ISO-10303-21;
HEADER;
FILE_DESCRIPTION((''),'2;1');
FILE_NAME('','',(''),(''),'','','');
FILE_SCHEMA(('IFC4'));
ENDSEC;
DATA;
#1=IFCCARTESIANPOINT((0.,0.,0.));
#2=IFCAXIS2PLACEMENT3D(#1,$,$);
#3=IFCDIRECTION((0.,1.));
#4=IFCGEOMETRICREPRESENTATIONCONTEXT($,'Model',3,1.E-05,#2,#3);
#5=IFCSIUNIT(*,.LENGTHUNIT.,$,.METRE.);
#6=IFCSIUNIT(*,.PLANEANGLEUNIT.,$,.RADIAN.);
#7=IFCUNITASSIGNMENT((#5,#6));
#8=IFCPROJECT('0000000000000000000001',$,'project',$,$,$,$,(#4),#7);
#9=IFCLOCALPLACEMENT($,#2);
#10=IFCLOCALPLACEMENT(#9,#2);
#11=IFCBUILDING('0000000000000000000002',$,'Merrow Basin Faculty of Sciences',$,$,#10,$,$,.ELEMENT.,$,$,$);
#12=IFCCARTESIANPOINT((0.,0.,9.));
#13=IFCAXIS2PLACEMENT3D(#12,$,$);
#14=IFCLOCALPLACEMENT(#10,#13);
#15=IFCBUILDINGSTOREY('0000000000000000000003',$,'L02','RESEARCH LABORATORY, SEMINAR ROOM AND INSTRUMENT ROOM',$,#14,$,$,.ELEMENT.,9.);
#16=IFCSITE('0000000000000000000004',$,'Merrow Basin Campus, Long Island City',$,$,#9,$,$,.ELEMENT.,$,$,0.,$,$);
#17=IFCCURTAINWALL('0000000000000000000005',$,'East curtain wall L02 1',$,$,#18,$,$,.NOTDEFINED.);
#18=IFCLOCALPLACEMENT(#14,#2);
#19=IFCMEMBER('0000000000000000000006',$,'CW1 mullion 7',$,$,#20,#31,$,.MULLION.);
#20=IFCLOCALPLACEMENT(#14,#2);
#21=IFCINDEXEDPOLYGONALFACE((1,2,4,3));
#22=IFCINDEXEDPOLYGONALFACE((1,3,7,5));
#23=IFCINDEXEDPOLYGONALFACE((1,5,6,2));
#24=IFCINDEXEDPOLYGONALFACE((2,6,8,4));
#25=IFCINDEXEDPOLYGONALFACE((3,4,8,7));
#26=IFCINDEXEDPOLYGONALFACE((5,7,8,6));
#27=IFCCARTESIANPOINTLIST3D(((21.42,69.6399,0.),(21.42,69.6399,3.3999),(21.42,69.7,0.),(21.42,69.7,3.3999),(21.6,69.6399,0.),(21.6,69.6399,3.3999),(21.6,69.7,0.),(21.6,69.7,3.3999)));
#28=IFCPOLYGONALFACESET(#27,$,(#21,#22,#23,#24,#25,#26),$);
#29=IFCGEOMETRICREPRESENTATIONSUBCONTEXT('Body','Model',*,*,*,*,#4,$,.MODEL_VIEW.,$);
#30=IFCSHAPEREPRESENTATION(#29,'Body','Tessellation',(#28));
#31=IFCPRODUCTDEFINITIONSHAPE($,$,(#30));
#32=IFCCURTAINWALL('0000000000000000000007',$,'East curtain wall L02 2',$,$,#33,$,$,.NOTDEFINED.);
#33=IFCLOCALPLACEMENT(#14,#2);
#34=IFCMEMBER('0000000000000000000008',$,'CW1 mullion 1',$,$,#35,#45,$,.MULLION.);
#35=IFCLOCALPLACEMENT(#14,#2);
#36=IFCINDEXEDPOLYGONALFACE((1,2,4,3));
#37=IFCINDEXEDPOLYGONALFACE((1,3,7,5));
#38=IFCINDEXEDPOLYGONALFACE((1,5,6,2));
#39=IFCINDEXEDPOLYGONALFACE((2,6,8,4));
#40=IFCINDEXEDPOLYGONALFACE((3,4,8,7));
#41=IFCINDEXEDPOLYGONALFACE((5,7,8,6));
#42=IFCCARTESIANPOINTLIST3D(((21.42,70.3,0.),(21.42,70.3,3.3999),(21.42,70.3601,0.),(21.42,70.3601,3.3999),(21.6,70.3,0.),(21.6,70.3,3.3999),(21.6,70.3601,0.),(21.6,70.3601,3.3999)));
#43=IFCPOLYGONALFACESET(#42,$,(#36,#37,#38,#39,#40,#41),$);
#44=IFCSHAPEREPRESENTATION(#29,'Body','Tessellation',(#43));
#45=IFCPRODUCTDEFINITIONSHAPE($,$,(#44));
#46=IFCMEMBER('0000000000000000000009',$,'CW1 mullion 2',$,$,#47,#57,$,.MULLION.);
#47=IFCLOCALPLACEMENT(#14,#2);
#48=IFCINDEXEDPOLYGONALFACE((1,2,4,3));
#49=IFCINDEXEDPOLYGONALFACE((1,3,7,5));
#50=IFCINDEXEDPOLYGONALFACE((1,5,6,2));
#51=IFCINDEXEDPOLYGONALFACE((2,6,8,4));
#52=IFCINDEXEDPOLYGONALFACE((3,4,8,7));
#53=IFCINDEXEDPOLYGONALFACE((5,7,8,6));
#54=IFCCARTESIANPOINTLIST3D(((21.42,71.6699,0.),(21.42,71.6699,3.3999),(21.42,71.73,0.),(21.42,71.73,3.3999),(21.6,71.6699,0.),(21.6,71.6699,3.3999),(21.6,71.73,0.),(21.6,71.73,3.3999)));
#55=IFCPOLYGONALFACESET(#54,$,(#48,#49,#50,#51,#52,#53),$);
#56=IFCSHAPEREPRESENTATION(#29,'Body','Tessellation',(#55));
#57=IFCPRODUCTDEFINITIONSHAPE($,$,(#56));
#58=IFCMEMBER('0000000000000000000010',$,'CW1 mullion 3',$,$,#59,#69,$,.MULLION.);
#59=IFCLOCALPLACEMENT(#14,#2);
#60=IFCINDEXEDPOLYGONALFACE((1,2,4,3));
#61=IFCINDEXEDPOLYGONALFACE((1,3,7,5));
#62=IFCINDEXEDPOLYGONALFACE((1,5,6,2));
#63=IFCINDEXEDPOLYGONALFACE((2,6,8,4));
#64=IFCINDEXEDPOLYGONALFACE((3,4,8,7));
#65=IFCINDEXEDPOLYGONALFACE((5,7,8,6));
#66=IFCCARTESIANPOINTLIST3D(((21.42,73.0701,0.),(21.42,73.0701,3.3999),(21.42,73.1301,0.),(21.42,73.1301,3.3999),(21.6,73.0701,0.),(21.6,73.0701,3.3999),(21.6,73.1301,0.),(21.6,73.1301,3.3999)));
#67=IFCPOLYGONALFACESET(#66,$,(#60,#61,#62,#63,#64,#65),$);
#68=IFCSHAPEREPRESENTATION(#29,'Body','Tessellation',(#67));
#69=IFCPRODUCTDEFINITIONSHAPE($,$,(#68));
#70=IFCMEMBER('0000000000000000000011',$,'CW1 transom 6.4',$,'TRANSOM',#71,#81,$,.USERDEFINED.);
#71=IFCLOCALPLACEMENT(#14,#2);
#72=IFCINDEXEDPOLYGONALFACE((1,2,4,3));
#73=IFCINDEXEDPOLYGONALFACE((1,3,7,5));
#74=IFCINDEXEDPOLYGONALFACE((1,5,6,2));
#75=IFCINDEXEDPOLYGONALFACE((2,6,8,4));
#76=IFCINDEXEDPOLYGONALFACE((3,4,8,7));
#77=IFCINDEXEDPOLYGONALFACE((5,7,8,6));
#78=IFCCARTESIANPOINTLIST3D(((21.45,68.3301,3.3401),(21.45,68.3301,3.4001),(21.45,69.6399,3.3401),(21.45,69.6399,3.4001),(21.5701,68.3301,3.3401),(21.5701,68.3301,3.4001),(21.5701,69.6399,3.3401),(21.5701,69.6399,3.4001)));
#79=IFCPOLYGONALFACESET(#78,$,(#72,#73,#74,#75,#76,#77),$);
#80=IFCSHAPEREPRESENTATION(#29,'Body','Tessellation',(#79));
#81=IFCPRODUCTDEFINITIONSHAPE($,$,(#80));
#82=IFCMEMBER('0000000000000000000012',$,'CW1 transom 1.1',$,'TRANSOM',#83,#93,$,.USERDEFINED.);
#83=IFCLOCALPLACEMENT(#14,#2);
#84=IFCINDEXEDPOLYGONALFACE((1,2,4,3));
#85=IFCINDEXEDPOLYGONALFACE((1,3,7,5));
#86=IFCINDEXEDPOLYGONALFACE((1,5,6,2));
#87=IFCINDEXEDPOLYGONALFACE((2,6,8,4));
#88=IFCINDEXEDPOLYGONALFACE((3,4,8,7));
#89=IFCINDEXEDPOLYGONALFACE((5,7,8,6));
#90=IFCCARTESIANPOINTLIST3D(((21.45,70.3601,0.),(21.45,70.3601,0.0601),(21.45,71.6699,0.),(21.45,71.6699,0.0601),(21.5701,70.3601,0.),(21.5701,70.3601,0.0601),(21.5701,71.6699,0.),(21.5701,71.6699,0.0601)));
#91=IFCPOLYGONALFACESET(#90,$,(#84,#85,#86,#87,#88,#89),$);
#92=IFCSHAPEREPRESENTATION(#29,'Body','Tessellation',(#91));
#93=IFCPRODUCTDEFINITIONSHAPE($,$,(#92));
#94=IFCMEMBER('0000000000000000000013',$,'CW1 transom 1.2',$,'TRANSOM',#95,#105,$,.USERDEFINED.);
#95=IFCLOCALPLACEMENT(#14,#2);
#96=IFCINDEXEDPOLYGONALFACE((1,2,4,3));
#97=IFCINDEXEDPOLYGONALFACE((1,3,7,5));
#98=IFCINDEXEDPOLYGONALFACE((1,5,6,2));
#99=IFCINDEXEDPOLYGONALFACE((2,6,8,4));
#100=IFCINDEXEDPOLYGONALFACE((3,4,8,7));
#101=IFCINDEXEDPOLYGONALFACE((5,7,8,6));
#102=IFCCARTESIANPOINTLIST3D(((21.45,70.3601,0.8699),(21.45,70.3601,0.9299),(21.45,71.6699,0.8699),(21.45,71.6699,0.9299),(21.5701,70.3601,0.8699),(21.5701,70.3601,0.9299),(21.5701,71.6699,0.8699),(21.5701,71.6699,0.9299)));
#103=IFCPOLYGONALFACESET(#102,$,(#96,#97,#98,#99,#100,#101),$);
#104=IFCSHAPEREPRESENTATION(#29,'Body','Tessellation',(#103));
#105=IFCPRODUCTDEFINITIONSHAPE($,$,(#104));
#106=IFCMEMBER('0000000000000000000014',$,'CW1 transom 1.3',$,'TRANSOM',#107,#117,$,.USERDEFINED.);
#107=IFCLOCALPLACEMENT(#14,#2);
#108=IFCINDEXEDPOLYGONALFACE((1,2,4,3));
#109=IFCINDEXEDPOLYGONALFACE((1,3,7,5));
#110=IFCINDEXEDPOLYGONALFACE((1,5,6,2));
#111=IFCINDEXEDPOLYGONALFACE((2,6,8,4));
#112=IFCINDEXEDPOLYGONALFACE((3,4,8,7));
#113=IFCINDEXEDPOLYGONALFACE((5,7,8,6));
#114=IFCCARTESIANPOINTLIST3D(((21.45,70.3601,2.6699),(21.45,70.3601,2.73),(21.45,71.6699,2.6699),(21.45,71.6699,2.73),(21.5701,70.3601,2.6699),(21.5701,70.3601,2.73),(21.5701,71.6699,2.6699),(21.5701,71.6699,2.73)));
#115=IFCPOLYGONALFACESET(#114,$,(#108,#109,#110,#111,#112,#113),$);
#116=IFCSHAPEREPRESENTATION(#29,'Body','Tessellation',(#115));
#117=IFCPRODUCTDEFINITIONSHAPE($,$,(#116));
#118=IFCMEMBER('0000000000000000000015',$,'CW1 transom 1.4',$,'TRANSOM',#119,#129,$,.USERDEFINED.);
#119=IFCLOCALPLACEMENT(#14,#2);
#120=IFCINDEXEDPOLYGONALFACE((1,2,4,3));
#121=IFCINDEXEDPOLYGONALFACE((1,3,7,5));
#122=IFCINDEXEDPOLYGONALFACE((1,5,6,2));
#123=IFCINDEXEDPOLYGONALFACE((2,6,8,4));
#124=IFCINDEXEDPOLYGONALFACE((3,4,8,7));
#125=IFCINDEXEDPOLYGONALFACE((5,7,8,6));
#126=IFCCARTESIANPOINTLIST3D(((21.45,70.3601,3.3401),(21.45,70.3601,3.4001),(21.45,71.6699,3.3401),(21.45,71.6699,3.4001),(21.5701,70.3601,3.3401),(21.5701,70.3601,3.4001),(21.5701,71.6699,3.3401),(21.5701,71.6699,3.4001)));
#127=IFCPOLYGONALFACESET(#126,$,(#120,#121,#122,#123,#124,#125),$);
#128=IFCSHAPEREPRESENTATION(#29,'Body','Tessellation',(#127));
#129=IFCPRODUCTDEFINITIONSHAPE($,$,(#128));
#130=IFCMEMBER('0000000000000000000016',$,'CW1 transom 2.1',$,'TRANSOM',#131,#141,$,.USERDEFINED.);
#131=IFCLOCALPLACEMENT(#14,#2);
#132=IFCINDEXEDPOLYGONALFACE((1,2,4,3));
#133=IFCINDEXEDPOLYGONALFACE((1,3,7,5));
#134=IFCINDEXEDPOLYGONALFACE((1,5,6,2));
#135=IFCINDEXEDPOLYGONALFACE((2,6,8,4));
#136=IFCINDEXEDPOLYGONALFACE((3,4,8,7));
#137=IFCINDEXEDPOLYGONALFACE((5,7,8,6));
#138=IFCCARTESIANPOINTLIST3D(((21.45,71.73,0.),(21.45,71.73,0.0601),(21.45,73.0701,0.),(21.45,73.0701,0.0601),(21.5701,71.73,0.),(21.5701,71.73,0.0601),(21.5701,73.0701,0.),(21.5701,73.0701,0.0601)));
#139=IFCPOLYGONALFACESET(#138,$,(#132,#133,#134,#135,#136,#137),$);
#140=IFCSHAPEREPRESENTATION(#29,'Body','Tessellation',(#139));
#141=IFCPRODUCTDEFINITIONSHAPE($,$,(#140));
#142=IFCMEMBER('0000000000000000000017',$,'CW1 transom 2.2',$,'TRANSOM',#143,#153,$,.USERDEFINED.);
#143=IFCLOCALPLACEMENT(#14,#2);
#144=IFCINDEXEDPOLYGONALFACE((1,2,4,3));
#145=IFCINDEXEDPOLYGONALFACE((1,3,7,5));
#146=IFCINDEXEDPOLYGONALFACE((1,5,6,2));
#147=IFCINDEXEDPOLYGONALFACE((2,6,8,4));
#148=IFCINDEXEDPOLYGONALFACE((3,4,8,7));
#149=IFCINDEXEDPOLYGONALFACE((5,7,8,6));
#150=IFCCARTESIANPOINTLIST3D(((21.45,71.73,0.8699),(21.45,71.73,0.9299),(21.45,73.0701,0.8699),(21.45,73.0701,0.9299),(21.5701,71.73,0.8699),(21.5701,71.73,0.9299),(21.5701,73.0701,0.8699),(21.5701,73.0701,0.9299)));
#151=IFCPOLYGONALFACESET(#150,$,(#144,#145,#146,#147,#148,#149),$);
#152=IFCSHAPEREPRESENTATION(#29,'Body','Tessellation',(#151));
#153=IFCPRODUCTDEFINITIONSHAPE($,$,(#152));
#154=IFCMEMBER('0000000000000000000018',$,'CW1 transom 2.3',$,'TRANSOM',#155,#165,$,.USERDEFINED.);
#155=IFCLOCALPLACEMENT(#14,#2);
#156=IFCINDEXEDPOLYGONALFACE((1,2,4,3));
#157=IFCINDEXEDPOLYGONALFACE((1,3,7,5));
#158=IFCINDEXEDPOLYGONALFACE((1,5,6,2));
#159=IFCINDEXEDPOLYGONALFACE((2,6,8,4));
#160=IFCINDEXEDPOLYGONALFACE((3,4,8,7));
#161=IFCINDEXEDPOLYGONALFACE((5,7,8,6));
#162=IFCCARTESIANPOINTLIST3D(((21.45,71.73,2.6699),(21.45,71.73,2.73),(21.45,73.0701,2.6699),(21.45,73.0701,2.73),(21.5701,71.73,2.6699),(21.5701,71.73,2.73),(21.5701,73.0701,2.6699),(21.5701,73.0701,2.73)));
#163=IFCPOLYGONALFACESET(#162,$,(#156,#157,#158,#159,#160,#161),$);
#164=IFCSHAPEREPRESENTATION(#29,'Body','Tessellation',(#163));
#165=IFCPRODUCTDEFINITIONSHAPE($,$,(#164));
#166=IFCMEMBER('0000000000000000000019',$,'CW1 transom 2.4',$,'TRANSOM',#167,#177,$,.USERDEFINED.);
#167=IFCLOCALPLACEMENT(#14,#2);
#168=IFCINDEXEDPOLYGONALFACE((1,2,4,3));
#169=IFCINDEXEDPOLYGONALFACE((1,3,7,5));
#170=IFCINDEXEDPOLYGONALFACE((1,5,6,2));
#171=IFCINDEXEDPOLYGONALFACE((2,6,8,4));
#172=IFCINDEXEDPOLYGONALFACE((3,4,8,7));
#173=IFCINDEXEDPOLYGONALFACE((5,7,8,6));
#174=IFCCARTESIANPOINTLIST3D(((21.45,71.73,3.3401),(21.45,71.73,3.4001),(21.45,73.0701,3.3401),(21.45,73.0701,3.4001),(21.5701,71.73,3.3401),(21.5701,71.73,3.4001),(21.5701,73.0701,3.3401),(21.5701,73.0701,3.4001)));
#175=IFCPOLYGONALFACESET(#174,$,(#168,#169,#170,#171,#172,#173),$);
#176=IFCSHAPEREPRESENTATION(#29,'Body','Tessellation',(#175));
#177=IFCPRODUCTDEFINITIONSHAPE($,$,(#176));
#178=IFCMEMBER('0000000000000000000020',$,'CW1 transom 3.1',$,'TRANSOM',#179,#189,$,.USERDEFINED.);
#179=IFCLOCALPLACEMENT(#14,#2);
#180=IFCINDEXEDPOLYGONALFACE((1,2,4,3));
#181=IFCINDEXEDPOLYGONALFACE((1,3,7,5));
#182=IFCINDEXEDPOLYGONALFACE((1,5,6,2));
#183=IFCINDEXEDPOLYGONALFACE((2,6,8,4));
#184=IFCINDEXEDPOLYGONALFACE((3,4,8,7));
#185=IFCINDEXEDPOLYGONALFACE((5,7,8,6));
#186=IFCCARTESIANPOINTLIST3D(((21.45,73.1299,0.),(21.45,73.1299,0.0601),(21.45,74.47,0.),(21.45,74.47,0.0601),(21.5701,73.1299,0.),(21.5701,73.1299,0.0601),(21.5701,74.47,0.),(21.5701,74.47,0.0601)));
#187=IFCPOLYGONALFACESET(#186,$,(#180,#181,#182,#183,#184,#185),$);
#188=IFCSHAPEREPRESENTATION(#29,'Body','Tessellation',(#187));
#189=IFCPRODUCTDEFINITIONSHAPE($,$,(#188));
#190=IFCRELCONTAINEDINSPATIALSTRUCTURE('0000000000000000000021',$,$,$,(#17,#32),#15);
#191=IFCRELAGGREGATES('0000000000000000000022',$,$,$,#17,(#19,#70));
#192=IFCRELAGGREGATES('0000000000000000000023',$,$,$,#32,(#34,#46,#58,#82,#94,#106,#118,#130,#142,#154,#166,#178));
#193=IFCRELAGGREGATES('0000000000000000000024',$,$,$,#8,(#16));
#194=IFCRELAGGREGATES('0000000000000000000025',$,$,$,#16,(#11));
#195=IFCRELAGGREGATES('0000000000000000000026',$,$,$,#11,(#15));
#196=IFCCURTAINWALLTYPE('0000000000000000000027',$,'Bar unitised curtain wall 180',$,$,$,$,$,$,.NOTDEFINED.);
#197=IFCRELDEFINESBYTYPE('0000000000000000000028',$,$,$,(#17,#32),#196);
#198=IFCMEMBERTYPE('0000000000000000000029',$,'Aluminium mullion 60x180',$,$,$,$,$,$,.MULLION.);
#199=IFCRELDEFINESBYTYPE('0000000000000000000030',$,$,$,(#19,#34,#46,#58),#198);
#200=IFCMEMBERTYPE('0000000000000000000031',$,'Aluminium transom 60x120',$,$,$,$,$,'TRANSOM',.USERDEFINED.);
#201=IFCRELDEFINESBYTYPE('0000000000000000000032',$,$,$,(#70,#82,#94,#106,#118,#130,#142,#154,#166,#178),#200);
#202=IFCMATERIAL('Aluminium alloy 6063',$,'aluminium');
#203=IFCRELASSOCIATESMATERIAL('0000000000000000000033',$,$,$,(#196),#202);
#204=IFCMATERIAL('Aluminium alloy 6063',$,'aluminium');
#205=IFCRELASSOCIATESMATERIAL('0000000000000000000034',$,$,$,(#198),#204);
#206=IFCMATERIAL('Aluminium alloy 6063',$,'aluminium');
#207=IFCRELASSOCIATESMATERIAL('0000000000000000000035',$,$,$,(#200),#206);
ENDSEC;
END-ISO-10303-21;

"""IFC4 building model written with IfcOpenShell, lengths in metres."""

from ifc_helpers import new_model, si_unit, direction, frame, origin, origin_2d, place, context, subcontext, project, spatial, rectangle, extrude, material, material_profile, profile_set, type_object, element, aggregate, save


model = new_model("IFC4")

# Units and contexts
model_context = context("Model", 3, precision=1e-05, world=origin(), true_north=direction((0.0, 1.0)))
body_context = subcontext(model_context, "Body", "Model", "MODEL_VIEW")
ifc_project = project(units=[si_unit("LENGTHUNIT", "METRE"), si_unit("PLANEANGLEUNIT", "RADIAN")], contexts=[model_context])

# Site, building, storey
site_placement = place(None, origin())
site = spatial("IfcSite", under=ifc_project, at=site_placement, Name="Merrow Basin Campus, Long Island City", CompositionType="ELEMENT", RefElevation=0.0)
building_placement = place(site_placement, origin())
building = spatial("IfcBuilding", under=site, at=building_placement, Name="Merrow Basin Faculty of Sciences", CompositionType="ELEMENT")
storey_placement = place(building_placement, frame((0.0, 0.0, 9.0)))
storey = spatial("IfcBuildingStorey", under=building, at=storey_placement, Name="L02", Description="RESEARCH LABORATORY, SEMINAR ROOM AND INSTRUMENT ROOM", CompositionType="ELEMENT", Elevation=9.0)

# Curtain wall, member
ifc_material_1 = material(Name="Aluminium alloy 6063", Category="aluminium")
curtain_wall_type = type_object("IfcCurtainWallType", Name="Bar unitised curtain wall 180", PredefinedType="NOTDEFINED", material=ifc_material_1)
curtain_wall_1_placement = place(storey_placement, origin())
curtain_wall_1 = element("IfcCurtainWall", 1, at=curtain_wall_1_placement, inside=storey, type_object=curtain_wall_type, Name="East curtain wall L02 1", PredefinedType="NOTDEFINED")
ifc_material_2 = material(Name="Aluminium alloy 6063", Category="aluminium")
ifc_material_profile_1 = material_profile(ifc_material_2, rectangle(XDim=0.1799, YDim=0.0601, at=origin_2d()))
ifc_profile_set_1 = profile_set([ifc_material_profile_1], Name="Aluminium alloy 6063")
member_type_1 = type_object("IfcMemberType", Name="Aluminium mullion 60x180", PredefinedType="MULLION", material=ifc_profile_set_1)
member_1_placement = place(storey_placement, frame((21.51, 69.6699, 0.0), z_axis=(0.0, 0.0, 1.0), x_axis=(-1.0, 0.0, 0.0)))
member_1 = element("IfcMember", 2, at=member_1_placement, type_object=member_type_1, Name="CW1 mullion 7", PredefinedType="MULLION", context=body_context, shape_type="SweptSolid", body=[
    extrude(rectangle(XDim=0.1799, YDim=0.0601, at=origin_2d()), origin(), (0.0, 0.0, 1.0), 3.3999),
])

# Curtain wall, members
curtain_wall_2_placement = place(storey_placement, origin())
curtain_wall_2 = element("IfcCurtainWall", 3, at=curtain_wall_2_placement, inside=storey, type_object=curtain_wall_type, Name="East curtain wall L02 2", PredefinedType="NOTDEFINED")
member_2_placement = place(storey_placement, frame((21.51, 70.3301, 0.0), z_axis=(0.0, 0.0, 1.0), x_axis=(-1.0, 0.0, 0.0)))
member_2 = element("IfcMember", 4, at=member_2_placement, type_object=member_type_1, Name="CW1 mullion 1", PredefinedType="MULLION", context=body_context, shape_type="SweptSolid", body=[
    extrude(rectangle(XDim=0.1799, YDim=0.0601, at=origin_2d()), origin(), (0.0, 0.0, 1.0), 3.3999),
])
member_3_placement = place(storey_placement, frame((21.51, 71.7, 0.0), z_axis=(0.0, 0.0, 1.0), x_axis=(-1.0, 0.0, 0.0)))
member_3 = element("IfcMember", 5, at=member_3_placement, type_object=member_type_1, Name="CW1 mullion 2", PredefinedType="MULLION", context=body_context, shape_type="SweptSolid", body=[
    extrude(rectangle(XDim=0.1799, YDim=0.0601, at=origin_2d()), origin(), (0.0, 0.0, 1.0), 3.3999),
])
member_4_placement = place(storey_placement, frame((21.51, 73.1001, 0.0), z_axis=(0.0, 0.0, 1.0), x_axis=(-1.0, 0.0, 0.0)))
member_4 = element("IfcMember", 6, at=member_4_placement, type_object=member_type_1, Name="CW1 mullion 3", PredefinedType="MULLION", context=body_context, shape_type="SweptSolid", body=[
    extrude(rectangle(XDim=0.1799, YDim=0.0601, at=origin_2d()), origin(), (0.0, 0.0, 1.0), 3.3999),
])

# Members
ifc_material_3 = material(Name="Aluminium alloy 6063", Category="aluminium")
ifc_material_profile_2 = material_profile(ifc_material_3, rectangle(XDim=0.1201, YDim=0.0601, at=origin_2d()))
ifc_profile_set_2 = profile_set([ifc_material_profile_2], Name="Aluminium alloy 6063")
member_type_2 = type_object("IfcMemberType", Name="Aluminium transom 60x120", ElementType="TRANSOM", PredefinedType="USERDEFINED", material=ifc_profile_set_2)
member_5_placement = place(storey_placement, frame((21.51, 68.3301, 3.3701), z_axis=(0.0, 1.0, 0.0), x_axis=(-1.0, 0.0, 0.0)))
member_5 = element("IfcMember", 7, at=member_5_placement, type_object=member_type_2, Name="CW1 transom 6.4", ObjectType="TRANSOM", PredefinedType="USERDEFINED", context=body_context, shape_type="SweptSolid", body=[
    extrude(rectangle(XDim=0.1201, YDim=0.0601, at=origin_2d()), origin(), (0.0, 0.0, 1.0), 1.3098),
])
member_6_placement = place(storey_placement, frame((21.51, 70.3601, 0.03), z_axis=(0.0, 1.0, 0.0), x_axis=(-1.0, 0.0, 0.0)))
member_6 = element("IfcMember", 8, at=member_6_placement, type_object=member_type_2, Name="CW1 transom 1.1", ObjectType="TRANSOM", PredefinedType="USERDEFINED", context=body_context, shape_type="SweptSolid", body=[
    extrude(rectangle(XDim=0.1201, YDim=0.0601, at=origin_2d()), origin(), (0.0, 0.0, 1.0), 1.3098),
])
member_7_placement = place(storey_placement, frame((21.51, 70.3601, 0.8999), z_axis=(0.0, 1.0, 0.0), x_axis=(-1.0, 0.0, 0.0)))
member_7 = element("IfcMember", 9, at=member_7_placement, type_object=member_type_2, Name="CW1 transom 1.2", ObjectType="TRANSOM", PredefinedType="USERDEFINED", context=body_context, shape_type="SweptSolid", body=[
    extrude(rectangle(XDim=0.1201, YDim=0.0601, at=origin_2d()), origin(), (0.0, 0.0, 1.0), 1.3098),
])
member_8_placement = place(storey_placement, frame((21.51, 70.3601, 2.7), z_axis=(0.0, 1.0, 0.0), x_axis=(-1.0, 0.0, 0.0)))
member_8 = element("IfcMember", 10, at=member_8_placement, type_object=member_type_2, Name="CW1 transom 1.3", ObjectType="TRANSOM", PredefinedType="USERDEFINED", context=body_context, shape_type="SweptSolid", body=[
    extrude(rectangle(XDim=0.1201, YDim=0.0601, at=origin_2d()), origin(), (0.0, 0.0, 1.0), 1.3098),
])
member_9_placement = place(storey_placement, frame((21.51, 70.3601, 3.3701), z_axis=(0.0, 1.0, 0.0), x_axis=(-1.0, 0.0, 0.0)))
member_9 = element("IfcMember", 11, at=member_9_placement, type_object=member_type_2, Name="CW1 transom 1.4", ObjectType="TRANSOM", PredefinedType="USERDEFINED", context=body_context, shape_type="SweptSolid", body=[
    extrude(rectangle(XDim=0.1201, YDim=0.0601, at=origin_2d()), origin(), (0.0, 0.0, 1.0), 1.3098),
])
member_10_placement = place(storey_placement, frame((21.51, 71.73, 0.03), z_axis=(0.0, 1.0, 0.0), x_axis=(-1.0, 0.0, 0.0)))
member_10 = element("IfcMember", 12, at=member_10_placement, type_object=member_type_2, Name="CW1 transom 2.1", ObjectType="TRANSOM", PredefinedType="USERDEFINED", context=body_context, shape_type="SweptSolid", body=[
    extrude(rectangle(XDim=0.1201, YDim=0.0601, at=origin_2d()), origin(), (0.0, 0.0, 1.0), 1.3401),
])
member_11_placement = place(storey_placement, frame((21.51, 71.73, 0.8999), z_axis=(0.0, 1.0, 0.0), x_axis=(-1.0, 0.0, 0.0)))
member_11 = element("IfcMember", 13, at=member_11_placement, type_object=member_type_2, Name="CW1 transom 2.2", ObjectType="TRANSOM", PredefinedType="USERDEFINED", context=body_context, shape_type="SweptSolid", body=[
    extrude(rectangle(XDim=0.1201, YDim=0.0601, at=origin_2d()), origin(), (0.0, 0.0, 1.0), 1.3401),
])
member_12_placement = place(storey_placement, frame((21.51, 71.73, 2.7), z_axis=(0.0, 1.0, 0.0), x_axis=(-1.0, 0.0, 0.0)))
member_12 = element("IfcMember", 14, at=member_12_placement, type_object=member_type_2, Name="CW1 transom 2.3", ObjectType="TRANSOM", PredefinedType="USERDEFINED", context=body_context, shape_type="SweptSolid", body=[
    extrude(rectangle(XDim=0.1201, YDim=0.0601, at=origin_2d()), origin(), (0.0, 0.0, 1.0), 1.3401),
])
member_13_placement = place(storey_placement, frame((21.51, 71.73, 3.3701), z_axis=(0.0, 1.0, 0.0), x_axis=(-1.0, 0.0, 0.0)))
member_13 = element("IfcMember", 15, at=member_13_placement, type_object=member_type_2, Name="CW1 transom 2.4", ObjectType="TRANSOM", PredefinedType="USERDEFINED", context=body_context, shape_type="SweptSolid", body=[
    extrude(rectangle(XDim=0.1201, YDim=0.0601, at=origin_2d()), origin(), (0.0, 0.0, 1.0), 1.3401),
])
member_14_placement = place(storey_placement, frame((21.51, 73.1299, 0.03), z_axis=(0.0, 1.0, 0.0), x_axis=(-1.0, 0.0, 0.0)))
member_14 = element("IfcMember", 16, at=member_14_placement, type_object=member_type_2, Name="CW1 transom 3.1", ObjectType="TRANSOM", PredefinedType="USERDEFINED", context=body_context, shape_type="SweptSolid", body=[
    extrude(rectangle(XDim=0.1201, YDim=0.0601, at=origin_2d()), origin(), (0.0, 0.0, 1.0), 1.3401),
])

aggregate(curtain_wall_1, [member_1, member_5])
aggregate(curtain_wall_2, [member_2, member_3, member_4, member_6, member_7, member_8, member_9, member_10, member_11, member_12, member_13, member_14])

save(model, "model.ifc")
